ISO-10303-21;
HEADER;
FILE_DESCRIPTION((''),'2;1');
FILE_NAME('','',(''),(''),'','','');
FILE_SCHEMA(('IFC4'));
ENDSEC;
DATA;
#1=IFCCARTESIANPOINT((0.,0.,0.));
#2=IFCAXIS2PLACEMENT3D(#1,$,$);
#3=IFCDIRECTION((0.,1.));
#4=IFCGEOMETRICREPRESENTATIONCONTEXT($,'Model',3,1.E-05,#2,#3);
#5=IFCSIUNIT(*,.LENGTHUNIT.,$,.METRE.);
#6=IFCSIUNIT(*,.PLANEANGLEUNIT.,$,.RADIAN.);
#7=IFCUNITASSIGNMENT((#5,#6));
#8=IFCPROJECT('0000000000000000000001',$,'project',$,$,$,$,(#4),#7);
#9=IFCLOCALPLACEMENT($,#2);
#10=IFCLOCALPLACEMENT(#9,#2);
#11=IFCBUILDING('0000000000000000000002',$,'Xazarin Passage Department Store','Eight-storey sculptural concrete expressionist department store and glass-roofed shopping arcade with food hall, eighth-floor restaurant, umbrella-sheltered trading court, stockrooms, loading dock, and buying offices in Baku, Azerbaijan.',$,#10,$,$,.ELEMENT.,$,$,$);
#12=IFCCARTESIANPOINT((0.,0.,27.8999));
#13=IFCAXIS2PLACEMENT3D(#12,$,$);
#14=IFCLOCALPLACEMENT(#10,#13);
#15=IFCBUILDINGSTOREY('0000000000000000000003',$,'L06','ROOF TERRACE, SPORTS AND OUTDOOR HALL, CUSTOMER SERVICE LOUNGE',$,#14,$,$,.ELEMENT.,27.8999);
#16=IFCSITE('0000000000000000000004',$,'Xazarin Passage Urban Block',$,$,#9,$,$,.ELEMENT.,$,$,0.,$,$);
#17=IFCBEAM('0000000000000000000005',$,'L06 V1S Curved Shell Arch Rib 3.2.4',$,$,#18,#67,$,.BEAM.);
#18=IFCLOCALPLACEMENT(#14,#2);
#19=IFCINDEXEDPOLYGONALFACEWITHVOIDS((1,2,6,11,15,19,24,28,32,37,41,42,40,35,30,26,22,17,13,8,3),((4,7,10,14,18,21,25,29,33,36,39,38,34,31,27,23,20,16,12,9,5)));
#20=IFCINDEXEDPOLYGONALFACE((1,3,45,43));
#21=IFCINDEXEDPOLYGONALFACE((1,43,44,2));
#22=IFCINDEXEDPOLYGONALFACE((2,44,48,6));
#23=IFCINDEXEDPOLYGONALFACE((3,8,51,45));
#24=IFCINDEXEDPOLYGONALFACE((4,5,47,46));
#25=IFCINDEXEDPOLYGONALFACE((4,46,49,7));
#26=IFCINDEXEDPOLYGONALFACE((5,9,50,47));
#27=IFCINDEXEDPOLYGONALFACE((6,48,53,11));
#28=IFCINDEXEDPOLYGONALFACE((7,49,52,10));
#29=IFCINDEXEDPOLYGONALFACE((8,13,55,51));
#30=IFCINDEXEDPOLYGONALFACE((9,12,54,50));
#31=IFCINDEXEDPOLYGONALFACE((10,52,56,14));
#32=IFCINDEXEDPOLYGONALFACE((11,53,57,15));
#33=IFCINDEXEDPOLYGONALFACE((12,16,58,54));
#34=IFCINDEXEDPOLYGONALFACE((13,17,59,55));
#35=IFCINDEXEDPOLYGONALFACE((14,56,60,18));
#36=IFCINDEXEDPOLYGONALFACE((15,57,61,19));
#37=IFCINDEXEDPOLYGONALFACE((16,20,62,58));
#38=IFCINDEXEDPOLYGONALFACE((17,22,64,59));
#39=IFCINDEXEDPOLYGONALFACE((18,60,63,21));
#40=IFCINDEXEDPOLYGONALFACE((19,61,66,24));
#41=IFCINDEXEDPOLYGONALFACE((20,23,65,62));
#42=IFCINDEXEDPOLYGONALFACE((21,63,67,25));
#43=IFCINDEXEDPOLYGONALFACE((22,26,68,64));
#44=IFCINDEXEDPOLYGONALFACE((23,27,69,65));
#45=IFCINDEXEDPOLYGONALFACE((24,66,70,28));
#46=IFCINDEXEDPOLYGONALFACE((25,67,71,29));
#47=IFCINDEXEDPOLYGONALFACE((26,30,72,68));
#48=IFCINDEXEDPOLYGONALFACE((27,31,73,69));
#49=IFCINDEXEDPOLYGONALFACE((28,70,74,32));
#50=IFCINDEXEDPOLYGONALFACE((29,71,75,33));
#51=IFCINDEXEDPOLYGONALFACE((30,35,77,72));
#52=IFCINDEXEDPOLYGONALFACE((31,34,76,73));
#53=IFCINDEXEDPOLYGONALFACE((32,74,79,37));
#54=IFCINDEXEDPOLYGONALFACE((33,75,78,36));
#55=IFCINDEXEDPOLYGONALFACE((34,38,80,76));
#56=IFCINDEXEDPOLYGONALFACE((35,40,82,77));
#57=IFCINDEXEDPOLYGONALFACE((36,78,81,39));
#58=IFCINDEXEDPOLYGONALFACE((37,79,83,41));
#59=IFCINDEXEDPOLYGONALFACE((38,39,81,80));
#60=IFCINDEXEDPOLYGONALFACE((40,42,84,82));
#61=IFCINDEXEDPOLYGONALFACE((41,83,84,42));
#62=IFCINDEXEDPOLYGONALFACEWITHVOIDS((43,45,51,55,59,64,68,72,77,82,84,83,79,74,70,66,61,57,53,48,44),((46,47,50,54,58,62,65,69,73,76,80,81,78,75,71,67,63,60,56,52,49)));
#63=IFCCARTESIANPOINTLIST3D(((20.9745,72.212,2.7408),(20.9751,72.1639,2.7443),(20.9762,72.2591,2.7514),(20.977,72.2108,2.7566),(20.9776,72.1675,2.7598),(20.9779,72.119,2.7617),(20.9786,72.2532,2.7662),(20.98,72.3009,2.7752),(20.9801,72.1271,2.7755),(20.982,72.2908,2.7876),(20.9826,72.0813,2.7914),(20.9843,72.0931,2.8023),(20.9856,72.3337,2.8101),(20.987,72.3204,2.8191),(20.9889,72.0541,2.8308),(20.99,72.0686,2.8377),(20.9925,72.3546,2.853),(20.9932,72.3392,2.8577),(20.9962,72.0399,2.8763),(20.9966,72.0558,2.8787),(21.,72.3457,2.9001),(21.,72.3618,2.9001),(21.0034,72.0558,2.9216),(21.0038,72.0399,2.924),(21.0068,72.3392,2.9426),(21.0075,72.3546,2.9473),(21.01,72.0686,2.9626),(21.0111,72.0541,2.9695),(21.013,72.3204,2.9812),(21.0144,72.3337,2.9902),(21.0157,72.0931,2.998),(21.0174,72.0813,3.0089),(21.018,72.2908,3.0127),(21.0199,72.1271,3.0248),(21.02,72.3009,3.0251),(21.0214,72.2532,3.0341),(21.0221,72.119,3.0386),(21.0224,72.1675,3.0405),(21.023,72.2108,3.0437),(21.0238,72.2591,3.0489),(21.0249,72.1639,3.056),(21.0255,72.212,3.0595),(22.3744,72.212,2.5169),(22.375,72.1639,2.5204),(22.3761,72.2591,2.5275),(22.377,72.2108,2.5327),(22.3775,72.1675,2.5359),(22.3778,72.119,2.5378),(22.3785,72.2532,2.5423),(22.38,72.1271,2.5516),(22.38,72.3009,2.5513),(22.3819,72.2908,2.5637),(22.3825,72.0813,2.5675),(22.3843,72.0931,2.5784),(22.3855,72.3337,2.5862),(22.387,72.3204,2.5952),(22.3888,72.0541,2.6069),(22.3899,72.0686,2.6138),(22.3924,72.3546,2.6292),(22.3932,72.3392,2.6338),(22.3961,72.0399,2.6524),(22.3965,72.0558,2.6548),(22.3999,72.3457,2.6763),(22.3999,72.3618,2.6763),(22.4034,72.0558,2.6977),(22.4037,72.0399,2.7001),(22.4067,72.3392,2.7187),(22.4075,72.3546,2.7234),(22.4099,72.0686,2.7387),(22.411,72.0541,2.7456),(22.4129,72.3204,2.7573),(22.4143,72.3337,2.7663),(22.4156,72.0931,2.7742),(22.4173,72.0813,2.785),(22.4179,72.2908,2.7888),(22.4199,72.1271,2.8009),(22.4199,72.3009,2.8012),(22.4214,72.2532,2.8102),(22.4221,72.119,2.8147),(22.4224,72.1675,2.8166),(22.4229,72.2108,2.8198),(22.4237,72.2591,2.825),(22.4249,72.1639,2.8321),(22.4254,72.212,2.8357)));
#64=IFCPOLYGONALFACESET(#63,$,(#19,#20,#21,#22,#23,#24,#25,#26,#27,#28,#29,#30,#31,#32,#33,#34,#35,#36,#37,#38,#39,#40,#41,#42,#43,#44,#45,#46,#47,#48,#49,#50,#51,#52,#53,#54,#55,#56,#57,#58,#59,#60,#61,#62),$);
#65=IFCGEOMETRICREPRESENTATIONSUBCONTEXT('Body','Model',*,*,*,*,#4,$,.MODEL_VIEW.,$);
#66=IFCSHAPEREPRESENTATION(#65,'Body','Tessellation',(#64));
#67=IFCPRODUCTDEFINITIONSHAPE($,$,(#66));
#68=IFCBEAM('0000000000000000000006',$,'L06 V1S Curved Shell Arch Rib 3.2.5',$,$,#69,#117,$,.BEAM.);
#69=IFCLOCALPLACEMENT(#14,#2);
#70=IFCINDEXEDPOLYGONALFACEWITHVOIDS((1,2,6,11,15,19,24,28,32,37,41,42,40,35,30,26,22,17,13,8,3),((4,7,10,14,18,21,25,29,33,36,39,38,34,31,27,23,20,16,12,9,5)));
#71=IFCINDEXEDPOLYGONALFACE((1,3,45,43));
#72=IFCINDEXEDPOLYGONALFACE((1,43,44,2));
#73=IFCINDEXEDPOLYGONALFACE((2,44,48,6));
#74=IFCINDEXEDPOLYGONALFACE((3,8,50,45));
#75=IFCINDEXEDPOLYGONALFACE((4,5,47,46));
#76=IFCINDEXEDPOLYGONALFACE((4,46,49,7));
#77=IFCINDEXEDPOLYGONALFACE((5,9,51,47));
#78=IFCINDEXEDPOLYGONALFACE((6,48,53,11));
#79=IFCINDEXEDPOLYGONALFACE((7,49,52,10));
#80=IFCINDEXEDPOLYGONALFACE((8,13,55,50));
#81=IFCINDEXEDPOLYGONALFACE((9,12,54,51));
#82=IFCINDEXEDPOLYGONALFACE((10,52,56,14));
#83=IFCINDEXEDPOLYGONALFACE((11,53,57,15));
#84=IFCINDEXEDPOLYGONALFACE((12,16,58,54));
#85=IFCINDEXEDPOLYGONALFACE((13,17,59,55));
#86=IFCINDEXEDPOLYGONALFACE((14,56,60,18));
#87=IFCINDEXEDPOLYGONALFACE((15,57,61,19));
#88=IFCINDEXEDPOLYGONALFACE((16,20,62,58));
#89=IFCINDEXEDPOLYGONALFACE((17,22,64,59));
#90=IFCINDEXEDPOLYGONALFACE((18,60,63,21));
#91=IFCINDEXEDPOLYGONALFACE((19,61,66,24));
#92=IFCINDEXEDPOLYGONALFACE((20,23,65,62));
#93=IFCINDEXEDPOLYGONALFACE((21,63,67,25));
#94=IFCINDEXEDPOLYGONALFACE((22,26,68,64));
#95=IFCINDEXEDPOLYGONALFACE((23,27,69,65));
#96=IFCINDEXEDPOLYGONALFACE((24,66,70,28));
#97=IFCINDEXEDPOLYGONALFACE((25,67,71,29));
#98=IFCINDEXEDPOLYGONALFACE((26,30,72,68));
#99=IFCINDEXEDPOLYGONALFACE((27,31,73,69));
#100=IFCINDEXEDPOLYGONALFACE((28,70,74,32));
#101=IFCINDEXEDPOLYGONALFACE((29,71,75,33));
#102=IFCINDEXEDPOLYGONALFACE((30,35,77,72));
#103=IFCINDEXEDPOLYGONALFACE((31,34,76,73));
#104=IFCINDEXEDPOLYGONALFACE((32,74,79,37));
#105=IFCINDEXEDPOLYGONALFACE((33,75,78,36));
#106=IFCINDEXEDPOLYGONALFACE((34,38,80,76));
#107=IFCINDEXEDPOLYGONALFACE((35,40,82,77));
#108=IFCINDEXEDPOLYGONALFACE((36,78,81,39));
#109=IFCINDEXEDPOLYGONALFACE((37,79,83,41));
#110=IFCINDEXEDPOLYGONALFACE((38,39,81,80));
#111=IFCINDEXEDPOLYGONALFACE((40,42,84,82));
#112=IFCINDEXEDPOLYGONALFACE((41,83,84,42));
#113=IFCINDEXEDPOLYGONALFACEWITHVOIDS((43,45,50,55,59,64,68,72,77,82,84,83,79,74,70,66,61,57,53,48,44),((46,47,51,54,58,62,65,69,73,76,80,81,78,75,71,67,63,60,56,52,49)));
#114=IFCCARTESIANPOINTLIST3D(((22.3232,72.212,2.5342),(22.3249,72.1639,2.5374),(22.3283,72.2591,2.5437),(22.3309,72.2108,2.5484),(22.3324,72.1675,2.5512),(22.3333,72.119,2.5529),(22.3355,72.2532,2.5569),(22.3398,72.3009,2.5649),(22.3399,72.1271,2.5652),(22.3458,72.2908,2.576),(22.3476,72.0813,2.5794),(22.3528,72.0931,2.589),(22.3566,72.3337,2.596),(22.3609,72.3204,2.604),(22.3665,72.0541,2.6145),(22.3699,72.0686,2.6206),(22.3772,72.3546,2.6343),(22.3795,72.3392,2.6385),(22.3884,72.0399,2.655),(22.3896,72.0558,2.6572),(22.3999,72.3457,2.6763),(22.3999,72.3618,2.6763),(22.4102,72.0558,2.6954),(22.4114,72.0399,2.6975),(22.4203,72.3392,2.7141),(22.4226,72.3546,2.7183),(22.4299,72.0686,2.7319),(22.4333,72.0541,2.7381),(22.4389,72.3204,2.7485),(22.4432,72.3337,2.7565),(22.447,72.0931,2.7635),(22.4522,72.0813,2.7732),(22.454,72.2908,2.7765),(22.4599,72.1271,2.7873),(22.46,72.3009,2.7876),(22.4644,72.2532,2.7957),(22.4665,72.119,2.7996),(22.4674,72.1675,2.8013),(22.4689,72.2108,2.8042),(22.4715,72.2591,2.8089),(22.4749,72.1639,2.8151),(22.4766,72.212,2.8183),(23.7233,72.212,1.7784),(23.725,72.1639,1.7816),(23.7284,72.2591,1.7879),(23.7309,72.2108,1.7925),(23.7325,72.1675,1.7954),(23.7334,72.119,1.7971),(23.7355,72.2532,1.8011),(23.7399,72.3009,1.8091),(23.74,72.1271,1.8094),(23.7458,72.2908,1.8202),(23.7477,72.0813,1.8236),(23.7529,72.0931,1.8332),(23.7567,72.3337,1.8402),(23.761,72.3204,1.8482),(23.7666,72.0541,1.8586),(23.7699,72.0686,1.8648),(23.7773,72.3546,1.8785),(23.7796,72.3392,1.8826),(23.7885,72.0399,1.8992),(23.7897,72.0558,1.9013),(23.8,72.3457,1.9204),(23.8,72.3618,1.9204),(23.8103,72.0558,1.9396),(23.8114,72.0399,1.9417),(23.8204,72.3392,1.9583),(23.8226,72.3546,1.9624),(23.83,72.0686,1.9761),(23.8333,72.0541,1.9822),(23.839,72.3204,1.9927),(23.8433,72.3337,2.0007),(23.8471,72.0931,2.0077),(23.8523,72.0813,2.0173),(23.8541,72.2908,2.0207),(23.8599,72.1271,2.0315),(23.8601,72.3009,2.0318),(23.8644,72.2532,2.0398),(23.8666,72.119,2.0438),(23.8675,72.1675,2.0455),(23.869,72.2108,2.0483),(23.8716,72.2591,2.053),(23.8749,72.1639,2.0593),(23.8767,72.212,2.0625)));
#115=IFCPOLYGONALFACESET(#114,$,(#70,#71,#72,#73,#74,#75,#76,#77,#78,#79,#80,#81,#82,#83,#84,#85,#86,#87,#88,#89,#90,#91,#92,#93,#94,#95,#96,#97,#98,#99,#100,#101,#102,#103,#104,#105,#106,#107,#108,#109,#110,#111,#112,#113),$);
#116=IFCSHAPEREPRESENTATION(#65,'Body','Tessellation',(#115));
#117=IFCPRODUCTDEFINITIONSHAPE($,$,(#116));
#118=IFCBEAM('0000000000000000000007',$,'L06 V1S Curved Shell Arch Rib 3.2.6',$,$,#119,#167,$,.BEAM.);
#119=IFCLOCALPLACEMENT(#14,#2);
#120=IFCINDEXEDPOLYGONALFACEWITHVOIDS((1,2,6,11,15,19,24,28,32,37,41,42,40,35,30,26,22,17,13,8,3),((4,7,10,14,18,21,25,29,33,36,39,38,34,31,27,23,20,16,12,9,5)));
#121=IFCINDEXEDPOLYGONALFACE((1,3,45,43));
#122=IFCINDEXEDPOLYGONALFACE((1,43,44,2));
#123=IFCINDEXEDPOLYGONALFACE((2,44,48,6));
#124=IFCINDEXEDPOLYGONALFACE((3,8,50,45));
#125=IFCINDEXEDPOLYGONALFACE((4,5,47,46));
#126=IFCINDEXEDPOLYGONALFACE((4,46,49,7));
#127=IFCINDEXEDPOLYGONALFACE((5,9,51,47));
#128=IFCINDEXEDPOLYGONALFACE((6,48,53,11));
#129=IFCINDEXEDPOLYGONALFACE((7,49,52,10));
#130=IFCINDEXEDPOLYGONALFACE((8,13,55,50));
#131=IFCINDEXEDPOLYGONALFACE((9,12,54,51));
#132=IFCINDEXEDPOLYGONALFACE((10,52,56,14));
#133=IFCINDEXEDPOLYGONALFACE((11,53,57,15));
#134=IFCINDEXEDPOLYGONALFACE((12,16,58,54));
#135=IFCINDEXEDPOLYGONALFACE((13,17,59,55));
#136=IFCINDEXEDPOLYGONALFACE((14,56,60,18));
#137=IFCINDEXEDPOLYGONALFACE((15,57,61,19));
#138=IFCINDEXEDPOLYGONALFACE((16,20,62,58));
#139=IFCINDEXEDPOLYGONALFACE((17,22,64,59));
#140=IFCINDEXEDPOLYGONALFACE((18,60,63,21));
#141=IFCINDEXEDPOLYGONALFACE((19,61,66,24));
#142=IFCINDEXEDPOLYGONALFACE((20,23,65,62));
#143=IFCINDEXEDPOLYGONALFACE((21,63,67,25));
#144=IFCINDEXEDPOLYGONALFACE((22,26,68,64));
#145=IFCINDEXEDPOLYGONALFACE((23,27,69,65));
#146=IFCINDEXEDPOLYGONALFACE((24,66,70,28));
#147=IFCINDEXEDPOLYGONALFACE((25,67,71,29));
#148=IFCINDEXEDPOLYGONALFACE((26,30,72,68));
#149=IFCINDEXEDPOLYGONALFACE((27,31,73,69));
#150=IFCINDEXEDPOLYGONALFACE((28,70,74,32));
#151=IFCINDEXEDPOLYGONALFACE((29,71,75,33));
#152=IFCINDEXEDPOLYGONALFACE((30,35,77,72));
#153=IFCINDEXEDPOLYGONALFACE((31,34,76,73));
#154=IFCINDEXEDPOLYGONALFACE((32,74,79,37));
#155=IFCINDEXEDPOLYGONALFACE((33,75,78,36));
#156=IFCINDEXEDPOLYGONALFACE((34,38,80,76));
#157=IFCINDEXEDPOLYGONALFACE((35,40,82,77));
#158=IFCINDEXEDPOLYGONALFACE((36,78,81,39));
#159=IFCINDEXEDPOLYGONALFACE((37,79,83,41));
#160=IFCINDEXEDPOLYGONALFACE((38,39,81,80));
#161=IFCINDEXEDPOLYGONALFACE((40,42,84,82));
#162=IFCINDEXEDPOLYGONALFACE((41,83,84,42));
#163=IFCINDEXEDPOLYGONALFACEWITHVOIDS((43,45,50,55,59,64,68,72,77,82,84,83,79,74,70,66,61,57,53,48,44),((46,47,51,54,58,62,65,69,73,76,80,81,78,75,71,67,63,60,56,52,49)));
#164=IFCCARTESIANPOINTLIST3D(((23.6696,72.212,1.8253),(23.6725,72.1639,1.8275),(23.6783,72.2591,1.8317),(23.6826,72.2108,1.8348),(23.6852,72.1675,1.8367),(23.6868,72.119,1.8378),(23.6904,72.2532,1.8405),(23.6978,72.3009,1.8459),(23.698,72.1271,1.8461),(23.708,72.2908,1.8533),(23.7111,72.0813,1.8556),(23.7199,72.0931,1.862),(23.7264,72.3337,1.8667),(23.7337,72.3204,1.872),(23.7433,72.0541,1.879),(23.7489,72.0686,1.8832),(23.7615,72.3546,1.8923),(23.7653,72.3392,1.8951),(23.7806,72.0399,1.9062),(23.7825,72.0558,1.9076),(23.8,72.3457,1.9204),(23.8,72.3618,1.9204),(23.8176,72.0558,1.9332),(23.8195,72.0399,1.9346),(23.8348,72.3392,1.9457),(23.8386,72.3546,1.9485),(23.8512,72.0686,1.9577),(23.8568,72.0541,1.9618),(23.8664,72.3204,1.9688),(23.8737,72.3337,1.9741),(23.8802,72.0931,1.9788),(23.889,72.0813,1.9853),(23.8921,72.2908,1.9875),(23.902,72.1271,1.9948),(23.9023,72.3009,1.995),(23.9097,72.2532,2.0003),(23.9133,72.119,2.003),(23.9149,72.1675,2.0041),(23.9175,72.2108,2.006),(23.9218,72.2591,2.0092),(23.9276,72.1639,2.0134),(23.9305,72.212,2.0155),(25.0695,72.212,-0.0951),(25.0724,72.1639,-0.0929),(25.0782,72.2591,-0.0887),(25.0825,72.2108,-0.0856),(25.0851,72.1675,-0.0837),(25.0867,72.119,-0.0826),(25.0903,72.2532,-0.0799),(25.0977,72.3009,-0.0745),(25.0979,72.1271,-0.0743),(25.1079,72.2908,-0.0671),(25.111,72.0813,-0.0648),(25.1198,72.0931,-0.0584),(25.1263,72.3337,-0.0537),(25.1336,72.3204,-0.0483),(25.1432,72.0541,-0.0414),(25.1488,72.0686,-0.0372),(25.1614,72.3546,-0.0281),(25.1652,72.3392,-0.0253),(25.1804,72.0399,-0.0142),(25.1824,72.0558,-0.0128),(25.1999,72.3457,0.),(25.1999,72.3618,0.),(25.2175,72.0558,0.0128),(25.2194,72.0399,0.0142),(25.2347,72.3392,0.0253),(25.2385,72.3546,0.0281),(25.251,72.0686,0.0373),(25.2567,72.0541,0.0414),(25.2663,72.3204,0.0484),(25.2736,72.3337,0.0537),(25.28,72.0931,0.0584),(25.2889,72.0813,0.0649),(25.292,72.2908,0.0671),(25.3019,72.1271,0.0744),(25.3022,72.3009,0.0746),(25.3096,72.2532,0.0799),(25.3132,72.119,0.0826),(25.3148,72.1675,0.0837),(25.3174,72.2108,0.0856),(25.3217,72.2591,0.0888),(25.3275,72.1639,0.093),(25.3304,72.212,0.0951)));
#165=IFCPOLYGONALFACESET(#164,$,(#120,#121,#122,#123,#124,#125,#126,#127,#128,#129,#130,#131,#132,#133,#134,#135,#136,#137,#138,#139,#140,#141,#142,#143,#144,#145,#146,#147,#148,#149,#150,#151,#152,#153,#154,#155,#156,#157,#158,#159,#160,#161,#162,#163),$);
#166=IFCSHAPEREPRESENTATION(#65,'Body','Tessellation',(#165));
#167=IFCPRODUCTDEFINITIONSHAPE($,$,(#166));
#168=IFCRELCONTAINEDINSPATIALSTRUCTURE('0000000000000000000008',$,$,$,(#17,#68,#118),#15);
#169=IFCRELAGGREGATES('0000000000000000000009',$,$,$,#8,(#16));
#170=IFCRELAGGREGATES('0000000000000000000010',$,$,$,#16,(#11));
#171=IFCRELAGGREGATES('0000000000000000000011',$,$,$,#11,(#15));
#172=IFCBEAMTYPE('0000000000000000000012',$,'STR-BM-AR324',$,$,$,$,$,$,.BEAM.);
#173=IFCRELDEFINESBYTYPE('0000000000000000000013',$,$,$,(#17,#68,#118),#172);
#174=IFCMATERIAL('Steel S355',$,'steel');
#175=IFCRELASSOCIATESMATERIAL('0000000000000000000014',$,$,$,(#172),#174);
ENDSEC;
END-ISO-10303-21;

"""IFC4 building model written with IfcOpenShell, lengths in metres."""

from ifc_helpers import new_model, si_unit, direction, frame, origin, origin_2d, place, context, subcontext, project, spatial, hollow_circle, extrude, material, material_profile, profile_set, type_object, element, save


model = new_model("IFC4")

# Units and contexts
model_context = context("Model", 3, precision=1e-05, world=origin(), true_north=direction((0.0, 1.0)))
body_context = subcontext(model_context, "Body", "Model", "MODEL_VIEW")
ifc_project = project(units=[si_unit("LENGTHUNIT", "METRE"), si_unit("PLANEANGLEUNIT", "RADIAN")], contexts=[model_context])

# Site, building, storey
site_placement = place(None, origin())
site = spatial("IfcSite", under=ifc_project, at=site_placement, Name="Xazarin Passage Urban Block", CompositionType="ELEMENT", RefElevation=0.0)
building_placement = place(site_placement, origin())
building = spatial("IfcBuilding", under=site, at=building_placement, Name="Xazarin Passage Department Store", Description="Eight-storey sculptural concrete expressionist department store and glass-roofed shopping arcade with food hall, eighth-floor restaurant, umbrella-sheltered trading court, stockrooms, loading dock, and buying offices in Baku, Azerbaijan.", CompositionType="ELEMENT")
storey_placement = place(building_placement, frame((0.0, 0.0, 27.8999)))
storey = spatial("IfcBuildingStorey", under=building, at=storey_placement, Name="L06", Description="ROOF TERRACE, SPORTS AND OUTDOOR HALL, CUSTOMER SERVICE LOUNGE", CompositionType="ELEMENT", Elevation=27.8999)

# Beams
ifc_material_1 = material(Name="Steel S355", Category="steel")
ifc_material_profile_1 = material_profile(ifc_material_1, hollow_circle(Radius=0.1619, WallThickness=0.0161, at=origin_2d()), Name="CHS 323.9x16")
ifc_profile_set_1 = profile_set([ifc_material_profile_1], Name="Steel S355")
beam_type_1 = type_object("IfcBeamType", Name="STR-BM-AR324", PredefinedType="BEAM", material=ifc_profile_set_1)
beam_1_placement = place(storey_placement, frame((21.0, 72.2, 2.9001), z_axis=(0.987452, 0.0, -0.157917), x_axis=(0.0, 1.0, 0.0)))
element("IfcBeam", 1, at=beam_1_placement, inside=storey, type_object=beam_type_1, Name="L06 V1S Curved Shell Arch Rib 3.2.4", PredefinedType="BEAM", context=body_context, shape_type="SweptSolid", body=[
    extrude(hollow_circle(Radius=0.1619, WallThickness=0.0161, at=origin_2d()), origin(), (0.0, 0.0, 1.0), 1.4177),
])
beam_2_placement = place(storey_placement, frame((22.3999, 72.2, 2.6763), z_axis=(0.879963, 0.0, -0.475042), x_axis=(0.0, 1.0, 0.0)))
element("IfcBeam", 2, at=beam_2_placement, inside=storey, type_object=beam_type_1, Name="L06 V1S Curved Shell Arch Rib 3.2.5", PredefinedType="BEAM", context=body_context, shape_type="SweptSolid", body=[
    extrude(hollow_circle(Radius=0.1619, WallThickness=0.0161, at=origin_2d()), origin(), (0.0, 0.0, 1.0), 1.5911),
])
beam_3_placement = place(storey_placement, frame((23.8, 72.2, 1.9204), z_axis=(0.589063, 0.0, -0.808087), x_axis=(0.0, 1.0, 0.0)))
element("IfcBeam", 3, at=beam_3_placement, inside=storey, type_object=beam_type_1, Name="L06 V1S Curved Shell Arch Rib 3.2.6", PredefinedType="BEAM", context=body_context, shape_type="SweptSolid", body=[
    extrude(hollow_circle(Radius=0.1619, WallThickness=0.0161, at=origin_2d()), origin(), (0.0, 0.0, 1.0), 2.3765),
])

save(model, "model.ifc")
